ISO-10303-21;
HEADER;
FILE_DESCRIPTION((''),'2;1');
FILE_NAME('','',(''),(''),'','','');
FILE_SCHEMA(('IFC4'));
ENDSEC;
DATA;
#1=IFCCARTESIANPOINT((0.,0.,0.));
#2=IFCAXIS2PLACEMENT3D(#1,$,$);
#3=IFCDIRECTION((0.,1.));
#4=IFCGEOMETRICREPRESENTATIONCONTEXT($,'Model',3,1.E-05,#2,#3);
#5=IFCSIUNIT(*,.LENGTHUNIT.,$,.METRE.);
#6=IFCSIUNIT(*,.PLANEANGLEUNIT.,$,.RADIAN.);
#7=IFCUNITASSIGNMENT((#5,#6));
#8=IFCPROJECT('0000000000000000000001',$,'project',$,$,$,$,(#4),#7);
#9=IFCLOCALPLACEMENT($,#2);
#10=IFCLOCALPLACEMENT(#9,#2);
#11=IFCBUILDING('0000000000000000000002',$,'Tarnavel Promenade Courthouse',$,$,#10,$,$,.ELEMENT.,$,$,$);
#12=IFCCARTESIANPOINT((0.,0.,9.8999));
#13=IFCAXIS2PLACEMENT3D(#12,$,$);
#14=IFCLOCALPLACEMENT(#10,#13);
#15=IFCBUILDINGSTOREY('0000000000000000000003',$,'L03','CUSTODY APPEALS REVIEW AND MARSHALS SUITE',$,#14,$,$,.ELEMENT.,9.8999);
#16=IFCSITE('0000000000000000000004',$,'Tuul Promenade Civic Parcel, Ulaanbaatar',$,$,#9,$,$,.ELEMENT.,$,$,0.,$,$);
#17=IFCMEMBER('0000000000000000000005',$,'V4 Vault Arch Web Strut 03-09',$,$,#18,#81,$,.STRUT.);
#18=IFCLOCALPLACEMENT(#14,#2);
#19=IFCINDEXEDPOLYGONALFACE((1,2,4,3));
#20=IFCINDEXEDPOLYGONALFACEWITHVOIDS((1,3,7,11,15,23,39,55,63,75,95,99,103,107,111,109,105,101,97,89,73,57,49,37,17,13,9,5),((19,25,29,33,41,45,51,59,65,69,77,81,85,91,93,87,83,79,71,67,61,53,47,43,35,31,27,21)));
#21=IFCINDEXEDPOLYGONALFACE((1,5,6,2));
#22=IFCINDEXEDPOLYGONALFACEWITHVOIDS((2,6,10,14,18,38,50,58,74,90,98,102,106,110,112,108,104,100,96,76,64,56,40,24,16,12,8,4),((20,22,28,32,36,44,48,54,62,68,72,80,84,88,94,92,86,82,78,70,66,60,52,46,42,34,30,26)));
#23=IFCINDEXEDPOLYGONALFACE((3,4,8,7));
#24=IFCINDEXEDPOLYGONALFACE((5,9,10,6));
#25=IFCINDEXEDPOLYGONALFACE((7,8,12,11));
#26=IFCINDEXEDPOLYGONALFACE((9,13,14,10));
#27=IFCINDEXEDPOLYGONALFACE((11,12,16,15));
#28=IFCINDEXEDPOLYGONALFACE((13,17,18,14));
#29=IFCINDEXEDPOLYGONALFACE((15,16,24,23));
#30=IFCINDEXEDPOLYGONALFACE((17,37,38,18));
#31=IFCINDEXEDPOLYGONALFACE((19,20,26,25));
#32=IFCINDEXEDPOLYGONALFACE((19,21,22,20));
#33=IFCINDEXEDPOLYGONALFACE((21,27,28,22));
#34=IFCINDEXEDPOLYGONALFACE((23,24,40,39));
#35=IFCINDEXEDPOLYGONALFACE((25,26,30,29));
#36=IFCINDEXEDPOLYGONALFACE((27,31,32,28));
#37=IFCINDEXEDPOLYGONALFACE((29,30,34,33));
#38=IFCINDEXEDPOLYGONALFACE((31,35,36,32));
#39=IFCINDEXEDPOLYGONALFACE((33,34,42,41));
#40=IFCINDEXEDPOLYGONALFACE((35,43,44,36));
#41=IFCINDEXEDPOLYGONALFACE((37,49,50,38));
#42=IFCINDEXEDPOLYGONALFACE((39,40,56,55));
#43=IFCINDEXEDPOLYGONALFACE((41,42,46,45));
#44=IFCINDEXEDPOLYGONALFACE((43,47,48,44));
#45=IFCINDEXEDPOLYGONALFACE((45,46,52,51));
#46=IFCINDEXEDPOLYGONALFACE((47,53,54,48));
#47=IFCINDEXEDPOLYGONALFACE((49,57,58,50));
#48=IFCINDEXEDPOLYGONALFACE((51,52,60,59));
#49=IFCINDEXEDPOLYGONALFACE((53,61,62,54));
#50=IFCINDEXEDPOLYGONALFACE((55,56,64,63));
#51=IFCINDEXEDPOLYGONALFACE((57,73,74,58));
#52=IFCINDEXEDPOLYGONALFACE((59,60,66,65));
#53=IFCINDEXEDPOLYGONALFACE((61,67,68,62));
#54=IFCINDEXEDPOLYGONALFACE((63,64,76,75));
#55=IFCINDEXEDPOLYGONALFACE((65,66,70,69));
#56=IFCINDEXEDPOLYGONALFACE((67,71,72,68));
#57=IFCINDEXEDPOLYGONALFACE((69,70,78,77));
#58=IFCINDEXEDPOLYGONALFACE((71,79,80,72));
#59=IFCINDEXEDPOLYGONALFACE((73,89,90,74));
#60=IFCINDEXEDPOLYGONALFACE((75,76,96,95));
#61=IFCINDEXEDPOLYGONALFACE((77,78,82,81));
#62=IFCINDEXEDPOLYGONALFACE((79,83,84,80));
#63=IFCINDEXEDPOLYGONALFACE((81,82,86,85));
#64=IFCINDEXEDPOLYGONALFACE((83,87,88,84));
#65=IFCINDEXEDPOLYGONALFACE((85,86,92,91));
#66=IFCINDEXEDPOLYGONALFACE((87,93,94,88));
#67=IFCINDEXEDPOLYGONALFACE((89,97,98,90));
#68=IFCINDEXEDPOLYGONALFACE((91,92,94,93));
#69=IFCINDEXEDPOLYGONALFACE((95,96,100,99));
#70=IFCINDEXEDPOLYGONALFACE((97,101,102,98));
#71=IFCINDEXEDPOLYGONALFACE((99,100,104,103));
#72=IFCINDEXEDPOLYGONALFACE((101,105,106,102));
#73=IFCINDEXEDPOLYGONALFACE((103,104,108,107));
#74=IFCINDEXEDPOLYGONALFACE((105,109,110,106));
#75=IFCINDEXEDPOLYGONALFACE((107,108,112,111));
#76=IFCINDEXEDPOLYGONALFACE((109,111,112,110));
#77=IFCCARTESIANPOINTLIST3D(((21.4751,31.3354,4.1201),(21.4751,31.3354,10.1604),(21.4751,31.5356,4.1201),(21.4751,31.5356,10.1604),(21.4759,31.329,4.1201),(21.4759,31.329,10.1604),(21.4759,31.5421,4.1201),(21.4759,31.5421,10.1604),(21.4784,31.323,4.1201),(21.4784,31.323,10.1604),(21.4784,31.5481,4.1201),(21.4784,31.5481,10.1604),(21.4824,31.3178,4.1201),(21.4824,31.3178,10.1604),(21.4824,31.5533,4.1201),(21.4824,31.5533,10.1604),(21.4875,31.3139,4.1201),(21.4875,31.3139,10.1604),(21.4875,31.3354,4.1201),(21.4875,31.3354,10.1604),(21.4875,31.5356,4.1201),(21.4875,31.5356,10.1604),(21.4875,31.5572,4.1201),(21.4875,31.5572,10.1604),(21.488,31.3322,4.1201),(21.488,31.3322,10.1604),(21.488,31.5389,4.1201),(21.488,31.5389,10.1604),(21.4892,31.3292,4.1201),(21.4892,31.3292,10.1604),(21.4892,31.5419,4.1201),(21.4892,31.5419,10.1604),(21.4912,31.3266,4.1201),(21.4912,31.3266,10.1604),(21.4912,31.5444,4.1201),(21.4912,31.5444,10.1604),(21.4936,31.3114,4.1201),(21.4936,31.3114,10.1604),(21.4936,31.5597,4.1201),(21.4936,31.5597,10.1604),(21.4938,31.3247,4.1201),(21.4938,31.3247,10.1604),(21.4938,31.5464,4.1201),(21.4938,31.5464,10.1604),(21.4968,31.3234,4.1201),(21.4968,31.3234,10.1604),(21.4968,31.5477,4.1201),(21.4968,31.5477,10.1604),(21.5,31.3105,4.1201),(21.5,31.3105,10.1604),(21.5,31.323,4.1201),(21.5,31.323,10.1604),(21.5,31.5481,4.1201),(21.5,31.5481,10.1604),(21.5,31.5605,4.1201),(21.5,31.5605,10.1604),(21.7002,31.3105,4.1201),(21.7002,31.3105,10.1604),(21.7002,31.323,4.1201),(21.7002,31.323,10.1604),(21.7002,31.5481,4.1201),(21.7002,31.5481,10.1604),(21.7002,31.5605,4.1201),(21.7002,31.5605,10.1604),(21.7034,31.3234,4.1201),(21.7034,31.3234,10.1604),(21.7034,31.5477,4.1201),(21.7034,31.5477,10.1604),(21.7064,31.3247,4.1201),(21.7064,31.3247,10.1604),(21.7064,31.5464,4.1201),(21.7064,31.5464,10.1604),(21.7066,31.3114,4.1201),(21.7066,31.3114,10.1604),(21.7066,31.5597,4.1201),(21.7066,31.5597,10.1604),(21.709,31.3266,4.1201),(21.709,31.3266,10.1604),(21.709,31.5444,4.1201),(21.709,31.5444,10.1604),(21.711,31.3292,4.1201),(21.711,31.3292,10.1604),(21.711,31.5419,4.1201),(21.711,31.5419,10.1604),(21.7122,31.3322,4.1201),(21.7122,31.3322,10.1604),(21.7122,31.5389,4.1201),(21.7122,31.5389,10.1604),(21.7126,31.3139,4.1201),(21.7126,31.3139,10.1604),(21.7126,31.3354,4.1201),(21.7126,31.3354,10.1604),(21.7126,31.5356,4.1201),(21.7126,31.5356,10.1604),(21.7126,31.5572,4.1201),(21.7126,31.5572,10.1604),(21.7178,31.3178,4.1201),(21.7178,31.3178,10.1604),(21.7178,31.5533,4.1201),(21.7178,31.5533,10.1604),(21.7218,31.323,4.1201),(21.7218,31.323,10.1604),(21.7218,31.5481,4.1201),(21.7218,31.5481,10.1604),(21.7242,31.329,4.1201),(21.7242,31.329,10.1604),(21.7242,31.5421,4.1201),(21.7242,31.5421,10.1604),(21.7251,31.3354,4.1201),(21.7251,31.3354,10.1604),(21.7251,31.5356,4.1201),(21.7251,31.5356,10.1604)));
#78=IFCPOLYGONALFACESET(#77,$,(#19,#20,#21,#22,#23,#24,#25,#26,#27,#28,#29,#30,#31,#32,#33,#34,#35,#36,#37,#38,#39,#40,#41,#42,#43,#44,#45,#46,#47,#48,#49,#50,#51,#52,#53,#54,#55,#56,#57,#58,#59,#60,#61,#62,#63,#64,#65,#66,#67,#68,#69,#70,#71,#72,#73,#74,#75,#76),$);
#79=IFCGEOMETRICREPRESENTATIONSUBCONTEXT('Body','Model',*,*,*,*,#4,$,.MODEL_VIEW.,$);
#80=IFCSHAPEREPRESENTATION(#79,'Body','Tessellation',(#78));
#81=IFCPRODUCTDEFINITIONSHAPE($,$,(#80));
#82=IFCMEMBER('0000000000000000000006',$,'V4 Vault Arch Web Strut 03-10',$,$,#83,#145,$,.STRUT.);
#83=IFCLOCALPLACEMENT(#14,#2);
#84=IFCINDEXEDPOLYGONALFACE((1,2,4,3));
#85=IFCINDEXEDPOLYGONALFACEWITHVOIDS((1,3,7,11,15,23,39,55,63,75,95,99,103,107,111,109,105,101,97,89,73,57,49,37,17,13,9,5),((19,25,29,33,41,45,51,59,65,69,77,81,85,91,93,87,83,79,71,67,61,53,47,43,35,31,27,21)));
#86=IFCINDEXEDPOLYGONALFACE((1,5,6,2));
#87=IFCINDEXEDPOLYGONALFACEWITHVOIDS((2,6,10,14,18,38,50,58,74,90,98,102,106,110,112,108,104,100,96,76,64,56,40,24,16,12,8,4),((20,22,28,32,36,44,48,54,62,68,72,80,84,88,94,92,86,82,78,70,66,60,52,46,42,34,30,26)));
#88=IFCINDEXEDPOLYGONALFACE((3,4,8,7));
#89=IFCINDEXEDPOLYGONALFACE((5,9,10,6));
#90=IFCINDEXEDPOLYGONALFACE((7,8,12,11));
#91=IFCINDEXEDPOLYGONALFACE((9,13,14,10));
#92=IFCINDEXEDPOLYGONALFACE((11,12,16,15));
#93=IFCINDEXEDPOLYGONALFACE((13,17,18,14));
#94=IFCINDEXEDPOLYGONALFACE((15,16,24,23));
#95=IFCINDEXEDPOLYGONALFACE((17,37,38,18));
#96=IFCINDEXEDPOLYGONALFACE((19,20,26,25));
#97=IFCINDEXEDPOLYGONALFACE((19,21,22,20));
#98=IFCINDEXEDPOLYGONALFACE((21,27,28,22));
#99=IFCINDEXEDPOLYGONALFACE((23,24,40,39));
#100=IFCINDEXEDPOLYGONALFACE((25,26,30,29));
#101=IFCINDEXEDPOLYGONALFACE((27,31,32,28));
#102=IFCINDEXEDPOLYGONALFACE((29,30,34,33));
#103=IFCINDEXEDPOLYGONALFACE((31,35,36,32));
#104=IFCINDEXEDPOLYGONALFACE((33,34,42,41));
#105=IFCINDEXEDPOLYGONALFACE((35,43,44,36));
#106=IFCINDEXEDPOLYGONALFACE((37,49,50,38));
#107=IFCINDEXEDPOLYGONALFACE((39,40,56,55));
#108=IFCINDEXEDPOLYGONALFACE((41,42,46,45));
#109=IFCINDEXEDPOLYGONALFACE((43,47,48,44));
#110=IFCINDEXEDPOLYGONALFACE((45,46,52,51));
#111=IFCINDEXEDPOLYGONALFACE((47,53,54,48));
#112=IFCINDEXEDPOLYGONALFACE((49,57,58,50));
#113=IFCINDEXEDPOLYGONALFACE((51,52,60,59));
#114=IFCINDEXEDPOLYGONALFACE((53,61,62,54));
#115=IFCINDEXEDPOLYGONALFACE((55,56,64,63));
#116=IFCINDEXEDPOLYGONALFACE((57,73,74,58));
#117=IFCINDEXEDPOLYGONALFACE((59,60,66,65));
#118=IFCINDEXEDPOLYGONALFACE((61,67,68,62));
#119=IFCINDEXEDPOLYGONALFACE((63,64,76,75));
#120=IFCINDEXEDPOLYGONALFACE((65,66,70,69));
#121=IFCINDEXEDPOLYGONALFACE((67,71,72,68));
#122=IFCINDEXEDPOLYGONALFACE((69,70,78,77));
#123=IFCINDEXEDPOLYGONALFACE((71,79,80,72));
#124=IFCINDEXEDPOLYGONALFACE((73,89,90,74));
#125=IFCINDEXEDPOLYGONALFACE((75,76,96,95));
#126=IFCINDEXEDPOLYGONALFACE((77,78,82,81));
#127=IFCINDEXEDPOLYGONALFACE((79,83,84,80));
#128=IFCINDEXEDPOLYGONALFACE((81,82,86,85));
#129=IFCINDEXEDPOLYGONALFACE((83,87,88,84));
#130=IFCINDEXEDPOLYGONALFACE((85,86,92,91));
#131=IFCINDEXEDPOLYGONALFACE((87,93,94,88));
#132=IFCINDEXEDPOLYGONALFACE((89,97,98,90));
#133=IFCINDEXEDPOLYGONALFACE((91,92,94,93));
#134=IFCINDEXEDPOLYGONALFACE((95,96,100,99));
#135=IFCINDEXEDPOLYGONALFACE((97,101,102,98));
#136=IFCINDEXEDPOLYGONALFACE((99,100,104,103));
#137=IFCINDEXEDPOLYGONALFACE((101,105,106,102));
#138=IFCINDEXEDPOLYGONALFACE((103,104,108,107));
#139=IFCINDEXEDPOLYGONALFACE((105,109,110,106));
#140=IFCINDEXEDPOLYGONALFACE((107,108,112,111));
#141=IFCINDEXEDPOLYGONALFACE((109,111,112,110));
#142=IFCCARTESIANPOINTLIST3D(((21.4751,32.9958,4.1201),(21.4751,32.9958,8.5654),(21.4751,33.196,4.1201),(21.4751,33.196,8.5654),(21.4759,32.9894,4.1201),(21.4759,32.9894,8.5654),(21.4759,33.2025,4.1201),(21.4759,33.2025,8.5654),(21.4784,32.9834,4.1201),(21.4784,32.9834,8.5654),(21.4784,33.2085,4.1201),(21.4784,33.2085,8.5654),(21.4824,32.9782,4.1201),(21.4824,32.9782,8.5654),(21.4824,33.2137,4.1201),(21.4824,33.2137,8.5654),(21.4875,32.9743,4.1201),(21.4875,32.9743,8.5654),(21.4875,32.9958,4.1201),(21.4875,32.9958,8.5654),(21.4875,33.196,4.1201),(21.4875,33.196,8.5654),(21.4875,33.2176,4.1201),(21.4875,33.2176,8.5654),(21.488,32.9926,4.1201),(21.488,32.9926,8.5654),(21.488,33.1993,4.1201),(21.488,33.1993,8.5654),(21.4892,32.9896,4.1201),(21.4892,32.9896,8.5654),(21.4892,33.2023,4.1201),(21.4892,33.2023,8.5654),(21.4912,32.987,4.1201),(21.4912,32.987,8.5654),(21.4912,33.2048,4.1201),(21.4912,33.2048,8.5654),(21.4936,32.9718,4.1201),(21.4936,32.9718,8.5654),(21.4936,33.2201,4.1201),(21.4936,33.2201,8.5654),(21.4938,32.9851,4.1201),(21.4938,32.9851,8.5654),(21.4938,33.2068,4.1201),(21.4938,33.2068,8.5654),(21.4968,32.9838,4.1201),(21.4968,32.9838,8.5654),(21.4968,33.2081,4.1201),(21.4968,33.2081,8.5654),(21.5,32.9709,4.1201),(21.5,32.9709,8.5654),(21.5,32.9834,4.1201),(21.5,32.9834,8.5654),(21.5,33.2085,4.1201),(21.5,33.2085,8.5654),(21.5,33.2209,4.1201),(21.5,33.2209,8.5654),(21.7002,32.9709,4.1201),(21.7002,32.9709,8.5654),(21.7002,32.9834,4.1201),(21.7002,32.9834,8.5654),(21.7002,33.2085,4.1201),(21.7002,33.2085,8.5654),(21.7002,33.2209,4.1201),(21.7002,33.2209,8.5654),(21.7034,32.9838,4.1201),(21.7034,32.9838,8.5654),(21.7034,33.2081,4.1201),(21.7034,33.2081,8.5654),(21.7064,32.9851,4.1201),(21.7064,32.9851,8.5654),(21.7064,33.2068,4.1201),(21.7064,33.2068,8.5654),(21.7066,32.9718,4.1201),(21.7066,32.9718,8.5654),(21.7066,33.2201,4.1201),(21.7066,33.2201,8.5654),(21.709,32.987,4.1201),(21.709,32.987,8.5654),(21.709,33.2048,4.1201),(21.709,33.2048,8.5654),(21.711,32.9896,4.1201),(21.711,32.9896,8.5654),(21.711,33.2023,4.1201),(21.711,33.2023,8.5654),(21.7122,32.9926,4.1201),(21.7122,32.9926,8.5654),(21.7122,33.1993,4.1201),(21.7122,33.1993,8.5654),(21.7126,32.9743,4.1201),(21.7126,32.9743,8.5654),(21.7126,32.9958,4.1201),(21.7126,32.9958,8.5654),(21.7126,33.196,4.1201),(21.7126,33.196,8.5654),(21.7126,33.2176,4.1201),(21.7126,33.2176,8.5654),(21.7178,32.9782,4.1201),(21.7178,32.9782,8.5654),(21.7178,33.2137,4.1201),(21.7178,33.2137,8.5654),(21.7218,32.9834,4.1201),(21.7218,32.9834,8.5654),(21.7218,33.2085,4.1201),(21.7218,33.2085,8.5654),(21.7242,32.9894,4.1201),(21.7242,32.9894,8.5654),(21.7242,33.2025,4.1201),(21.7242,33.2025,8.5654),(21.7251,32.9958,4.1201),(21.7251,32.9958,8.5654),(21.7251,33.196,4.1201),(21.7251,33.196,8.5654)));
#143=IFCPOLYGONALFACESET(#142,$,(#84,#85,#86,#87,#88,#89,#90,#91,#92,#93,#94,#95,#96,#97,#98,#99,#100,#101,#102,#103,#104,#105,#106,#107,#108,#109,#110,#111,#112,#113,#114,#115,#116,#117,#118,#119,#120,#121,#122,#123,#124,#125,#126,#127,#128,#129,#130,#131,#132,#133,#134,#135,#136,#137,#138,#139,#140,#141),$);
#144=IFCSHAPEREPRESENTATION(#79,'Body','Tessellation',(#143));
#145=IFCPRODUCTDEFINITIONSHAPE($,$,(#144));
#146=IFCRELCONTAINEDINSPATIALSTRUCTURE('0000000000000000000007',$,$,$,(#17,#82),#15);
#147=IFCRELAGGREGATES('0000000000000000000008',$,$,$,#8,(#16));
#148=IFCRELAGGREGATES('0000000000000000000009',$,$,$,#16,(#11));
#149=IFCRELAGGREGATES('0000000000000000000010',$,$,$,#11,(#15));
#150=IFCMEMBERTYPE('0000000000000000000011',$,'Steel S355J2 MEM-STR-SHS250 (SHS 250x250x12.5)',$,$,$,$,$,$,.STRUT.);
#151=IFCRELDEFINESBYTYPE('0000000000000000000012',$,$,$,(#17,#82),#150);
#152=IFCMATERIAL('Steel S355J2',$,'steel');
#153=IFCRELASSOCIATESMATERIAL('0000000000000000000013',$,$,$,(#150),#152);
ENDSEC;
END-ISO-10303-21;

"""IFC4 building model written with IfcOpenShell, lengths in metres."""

from ifc_helpers import new_model, si_unit, direction, frame, origin, origin_2d, place, context, subcontext, project, spatial, hollow_rectangle, extrude, material, material_profile, profile_set, type_object, element, save


model = new_model("IFC4")

# Units and contexts
model_context = context("Model", 3, precision=1e-05, world=origin(), true_north=direction((0.0, 1.0)))
body_context = subcontext(model_context, "Body", "Model", "MODEL_VIEW")
ifc_project = project(units=[si_unit("LENGTHUNIT", "METRE"), si_unit("PLANEANGLEUNIT", "RADIAN")], contexts=[model_context])

# Site, building, storey
site_placement = place(None, origin())
site = spatial("IfcSite", under=ifc_project, at=site_placement, Name="Tuul Promenade Civic Parcel, Ulaanbaatar", CompositionType="ELEMENT", RefElevation=0.0)
building_placement = place(site_placement, origin())
building = spatial("IfcBuilding", under=site, at=building_placement, Name="Tarnavel Promenade Courthouse", CompositionType="ELEMENT")
storey_placement = place(building_placement, frame((0.0, 0.0, 9.8999)))
storey = spatial("IfcBuildingStorey", under=building, at=storey_placement, Name="L03", Description="CUSTODY APPEALS REVIEW AND MARSHALS SUITE", CompositionType="ELEMENT", Elevation=9.8999)

# Shared definitions
ifc_material_1 = material(Name="Steel S355J2", Category="steel")

# Members
ifc_material_profile_1 = material_profile(ifc_material_1, hollow_rectangle(XDim=0.25, YDim=0.25, WallThickness=0.0125, InnerFilletRadius=0.0125, OuterFilletRadius=0.0249, at=origin_2d()), Name="SHS 250x250x12.5")
ifc_profile_set_1 = profile_set([ifc_material_profile_1], Name="Steel S355J2")
member_type_1 = type_object("IfcMemberType", Name="Steel S355J2 MEM-STR-SHS250 (SHS 250x250x12.5)", PredefinedType="STRUT", material=ifc_profile_set_1)
member_1_placement = place(storey_placement, frame((21.6001, 31.4355, 4.1201), z_axis=(0.0, 0.0, 1.0), x_axis=(1.0, 0.0, 0.0)))
element("IfcMember", 1, at=member_1_placement, inside=storey, type_object=member_type_1, Name="V4 Vault Arch Web Strut 03-09", PredefinedType="STRUT", context=body_context, shape_type="SweptSolid", body=[
    extrude(hollow_rectangle(XDim=0.25, YDim=0.25, WallThickness=0.0125, InnerFilletRadius=0.0125, OuterFilletRadius=0.0249, at=origin_2d()), origin(), (0.0, 0.0, 1.0), 6.0403),
])
member_2_placement = place(storey_placement, frame((21.6001, 33.0959, 4.1201), z_axis=(0.0, 0.0, 1.0), x_axis=(1.0, 0.0, 0.0)))
element("IfcMember", 2, at=member_2_placement, inside=storey, type_object=member_type_1, Name="V4 Vault Arch Web Strut 03-10", PredefinedType="STRUT", context=body_context, shape_type="SweptSolid", body=[
    extrude(hollow_rectangle(XDim=0.25, YDim=0.25, WallThickness=0.0125, InnerFilletRadius=0.0125, OuterFilletRadius=0.0249, at=origin_2d()), origin(), (0.0, 0.0, 1.0), 4.4453),
])

save(model, "model.ifc")
